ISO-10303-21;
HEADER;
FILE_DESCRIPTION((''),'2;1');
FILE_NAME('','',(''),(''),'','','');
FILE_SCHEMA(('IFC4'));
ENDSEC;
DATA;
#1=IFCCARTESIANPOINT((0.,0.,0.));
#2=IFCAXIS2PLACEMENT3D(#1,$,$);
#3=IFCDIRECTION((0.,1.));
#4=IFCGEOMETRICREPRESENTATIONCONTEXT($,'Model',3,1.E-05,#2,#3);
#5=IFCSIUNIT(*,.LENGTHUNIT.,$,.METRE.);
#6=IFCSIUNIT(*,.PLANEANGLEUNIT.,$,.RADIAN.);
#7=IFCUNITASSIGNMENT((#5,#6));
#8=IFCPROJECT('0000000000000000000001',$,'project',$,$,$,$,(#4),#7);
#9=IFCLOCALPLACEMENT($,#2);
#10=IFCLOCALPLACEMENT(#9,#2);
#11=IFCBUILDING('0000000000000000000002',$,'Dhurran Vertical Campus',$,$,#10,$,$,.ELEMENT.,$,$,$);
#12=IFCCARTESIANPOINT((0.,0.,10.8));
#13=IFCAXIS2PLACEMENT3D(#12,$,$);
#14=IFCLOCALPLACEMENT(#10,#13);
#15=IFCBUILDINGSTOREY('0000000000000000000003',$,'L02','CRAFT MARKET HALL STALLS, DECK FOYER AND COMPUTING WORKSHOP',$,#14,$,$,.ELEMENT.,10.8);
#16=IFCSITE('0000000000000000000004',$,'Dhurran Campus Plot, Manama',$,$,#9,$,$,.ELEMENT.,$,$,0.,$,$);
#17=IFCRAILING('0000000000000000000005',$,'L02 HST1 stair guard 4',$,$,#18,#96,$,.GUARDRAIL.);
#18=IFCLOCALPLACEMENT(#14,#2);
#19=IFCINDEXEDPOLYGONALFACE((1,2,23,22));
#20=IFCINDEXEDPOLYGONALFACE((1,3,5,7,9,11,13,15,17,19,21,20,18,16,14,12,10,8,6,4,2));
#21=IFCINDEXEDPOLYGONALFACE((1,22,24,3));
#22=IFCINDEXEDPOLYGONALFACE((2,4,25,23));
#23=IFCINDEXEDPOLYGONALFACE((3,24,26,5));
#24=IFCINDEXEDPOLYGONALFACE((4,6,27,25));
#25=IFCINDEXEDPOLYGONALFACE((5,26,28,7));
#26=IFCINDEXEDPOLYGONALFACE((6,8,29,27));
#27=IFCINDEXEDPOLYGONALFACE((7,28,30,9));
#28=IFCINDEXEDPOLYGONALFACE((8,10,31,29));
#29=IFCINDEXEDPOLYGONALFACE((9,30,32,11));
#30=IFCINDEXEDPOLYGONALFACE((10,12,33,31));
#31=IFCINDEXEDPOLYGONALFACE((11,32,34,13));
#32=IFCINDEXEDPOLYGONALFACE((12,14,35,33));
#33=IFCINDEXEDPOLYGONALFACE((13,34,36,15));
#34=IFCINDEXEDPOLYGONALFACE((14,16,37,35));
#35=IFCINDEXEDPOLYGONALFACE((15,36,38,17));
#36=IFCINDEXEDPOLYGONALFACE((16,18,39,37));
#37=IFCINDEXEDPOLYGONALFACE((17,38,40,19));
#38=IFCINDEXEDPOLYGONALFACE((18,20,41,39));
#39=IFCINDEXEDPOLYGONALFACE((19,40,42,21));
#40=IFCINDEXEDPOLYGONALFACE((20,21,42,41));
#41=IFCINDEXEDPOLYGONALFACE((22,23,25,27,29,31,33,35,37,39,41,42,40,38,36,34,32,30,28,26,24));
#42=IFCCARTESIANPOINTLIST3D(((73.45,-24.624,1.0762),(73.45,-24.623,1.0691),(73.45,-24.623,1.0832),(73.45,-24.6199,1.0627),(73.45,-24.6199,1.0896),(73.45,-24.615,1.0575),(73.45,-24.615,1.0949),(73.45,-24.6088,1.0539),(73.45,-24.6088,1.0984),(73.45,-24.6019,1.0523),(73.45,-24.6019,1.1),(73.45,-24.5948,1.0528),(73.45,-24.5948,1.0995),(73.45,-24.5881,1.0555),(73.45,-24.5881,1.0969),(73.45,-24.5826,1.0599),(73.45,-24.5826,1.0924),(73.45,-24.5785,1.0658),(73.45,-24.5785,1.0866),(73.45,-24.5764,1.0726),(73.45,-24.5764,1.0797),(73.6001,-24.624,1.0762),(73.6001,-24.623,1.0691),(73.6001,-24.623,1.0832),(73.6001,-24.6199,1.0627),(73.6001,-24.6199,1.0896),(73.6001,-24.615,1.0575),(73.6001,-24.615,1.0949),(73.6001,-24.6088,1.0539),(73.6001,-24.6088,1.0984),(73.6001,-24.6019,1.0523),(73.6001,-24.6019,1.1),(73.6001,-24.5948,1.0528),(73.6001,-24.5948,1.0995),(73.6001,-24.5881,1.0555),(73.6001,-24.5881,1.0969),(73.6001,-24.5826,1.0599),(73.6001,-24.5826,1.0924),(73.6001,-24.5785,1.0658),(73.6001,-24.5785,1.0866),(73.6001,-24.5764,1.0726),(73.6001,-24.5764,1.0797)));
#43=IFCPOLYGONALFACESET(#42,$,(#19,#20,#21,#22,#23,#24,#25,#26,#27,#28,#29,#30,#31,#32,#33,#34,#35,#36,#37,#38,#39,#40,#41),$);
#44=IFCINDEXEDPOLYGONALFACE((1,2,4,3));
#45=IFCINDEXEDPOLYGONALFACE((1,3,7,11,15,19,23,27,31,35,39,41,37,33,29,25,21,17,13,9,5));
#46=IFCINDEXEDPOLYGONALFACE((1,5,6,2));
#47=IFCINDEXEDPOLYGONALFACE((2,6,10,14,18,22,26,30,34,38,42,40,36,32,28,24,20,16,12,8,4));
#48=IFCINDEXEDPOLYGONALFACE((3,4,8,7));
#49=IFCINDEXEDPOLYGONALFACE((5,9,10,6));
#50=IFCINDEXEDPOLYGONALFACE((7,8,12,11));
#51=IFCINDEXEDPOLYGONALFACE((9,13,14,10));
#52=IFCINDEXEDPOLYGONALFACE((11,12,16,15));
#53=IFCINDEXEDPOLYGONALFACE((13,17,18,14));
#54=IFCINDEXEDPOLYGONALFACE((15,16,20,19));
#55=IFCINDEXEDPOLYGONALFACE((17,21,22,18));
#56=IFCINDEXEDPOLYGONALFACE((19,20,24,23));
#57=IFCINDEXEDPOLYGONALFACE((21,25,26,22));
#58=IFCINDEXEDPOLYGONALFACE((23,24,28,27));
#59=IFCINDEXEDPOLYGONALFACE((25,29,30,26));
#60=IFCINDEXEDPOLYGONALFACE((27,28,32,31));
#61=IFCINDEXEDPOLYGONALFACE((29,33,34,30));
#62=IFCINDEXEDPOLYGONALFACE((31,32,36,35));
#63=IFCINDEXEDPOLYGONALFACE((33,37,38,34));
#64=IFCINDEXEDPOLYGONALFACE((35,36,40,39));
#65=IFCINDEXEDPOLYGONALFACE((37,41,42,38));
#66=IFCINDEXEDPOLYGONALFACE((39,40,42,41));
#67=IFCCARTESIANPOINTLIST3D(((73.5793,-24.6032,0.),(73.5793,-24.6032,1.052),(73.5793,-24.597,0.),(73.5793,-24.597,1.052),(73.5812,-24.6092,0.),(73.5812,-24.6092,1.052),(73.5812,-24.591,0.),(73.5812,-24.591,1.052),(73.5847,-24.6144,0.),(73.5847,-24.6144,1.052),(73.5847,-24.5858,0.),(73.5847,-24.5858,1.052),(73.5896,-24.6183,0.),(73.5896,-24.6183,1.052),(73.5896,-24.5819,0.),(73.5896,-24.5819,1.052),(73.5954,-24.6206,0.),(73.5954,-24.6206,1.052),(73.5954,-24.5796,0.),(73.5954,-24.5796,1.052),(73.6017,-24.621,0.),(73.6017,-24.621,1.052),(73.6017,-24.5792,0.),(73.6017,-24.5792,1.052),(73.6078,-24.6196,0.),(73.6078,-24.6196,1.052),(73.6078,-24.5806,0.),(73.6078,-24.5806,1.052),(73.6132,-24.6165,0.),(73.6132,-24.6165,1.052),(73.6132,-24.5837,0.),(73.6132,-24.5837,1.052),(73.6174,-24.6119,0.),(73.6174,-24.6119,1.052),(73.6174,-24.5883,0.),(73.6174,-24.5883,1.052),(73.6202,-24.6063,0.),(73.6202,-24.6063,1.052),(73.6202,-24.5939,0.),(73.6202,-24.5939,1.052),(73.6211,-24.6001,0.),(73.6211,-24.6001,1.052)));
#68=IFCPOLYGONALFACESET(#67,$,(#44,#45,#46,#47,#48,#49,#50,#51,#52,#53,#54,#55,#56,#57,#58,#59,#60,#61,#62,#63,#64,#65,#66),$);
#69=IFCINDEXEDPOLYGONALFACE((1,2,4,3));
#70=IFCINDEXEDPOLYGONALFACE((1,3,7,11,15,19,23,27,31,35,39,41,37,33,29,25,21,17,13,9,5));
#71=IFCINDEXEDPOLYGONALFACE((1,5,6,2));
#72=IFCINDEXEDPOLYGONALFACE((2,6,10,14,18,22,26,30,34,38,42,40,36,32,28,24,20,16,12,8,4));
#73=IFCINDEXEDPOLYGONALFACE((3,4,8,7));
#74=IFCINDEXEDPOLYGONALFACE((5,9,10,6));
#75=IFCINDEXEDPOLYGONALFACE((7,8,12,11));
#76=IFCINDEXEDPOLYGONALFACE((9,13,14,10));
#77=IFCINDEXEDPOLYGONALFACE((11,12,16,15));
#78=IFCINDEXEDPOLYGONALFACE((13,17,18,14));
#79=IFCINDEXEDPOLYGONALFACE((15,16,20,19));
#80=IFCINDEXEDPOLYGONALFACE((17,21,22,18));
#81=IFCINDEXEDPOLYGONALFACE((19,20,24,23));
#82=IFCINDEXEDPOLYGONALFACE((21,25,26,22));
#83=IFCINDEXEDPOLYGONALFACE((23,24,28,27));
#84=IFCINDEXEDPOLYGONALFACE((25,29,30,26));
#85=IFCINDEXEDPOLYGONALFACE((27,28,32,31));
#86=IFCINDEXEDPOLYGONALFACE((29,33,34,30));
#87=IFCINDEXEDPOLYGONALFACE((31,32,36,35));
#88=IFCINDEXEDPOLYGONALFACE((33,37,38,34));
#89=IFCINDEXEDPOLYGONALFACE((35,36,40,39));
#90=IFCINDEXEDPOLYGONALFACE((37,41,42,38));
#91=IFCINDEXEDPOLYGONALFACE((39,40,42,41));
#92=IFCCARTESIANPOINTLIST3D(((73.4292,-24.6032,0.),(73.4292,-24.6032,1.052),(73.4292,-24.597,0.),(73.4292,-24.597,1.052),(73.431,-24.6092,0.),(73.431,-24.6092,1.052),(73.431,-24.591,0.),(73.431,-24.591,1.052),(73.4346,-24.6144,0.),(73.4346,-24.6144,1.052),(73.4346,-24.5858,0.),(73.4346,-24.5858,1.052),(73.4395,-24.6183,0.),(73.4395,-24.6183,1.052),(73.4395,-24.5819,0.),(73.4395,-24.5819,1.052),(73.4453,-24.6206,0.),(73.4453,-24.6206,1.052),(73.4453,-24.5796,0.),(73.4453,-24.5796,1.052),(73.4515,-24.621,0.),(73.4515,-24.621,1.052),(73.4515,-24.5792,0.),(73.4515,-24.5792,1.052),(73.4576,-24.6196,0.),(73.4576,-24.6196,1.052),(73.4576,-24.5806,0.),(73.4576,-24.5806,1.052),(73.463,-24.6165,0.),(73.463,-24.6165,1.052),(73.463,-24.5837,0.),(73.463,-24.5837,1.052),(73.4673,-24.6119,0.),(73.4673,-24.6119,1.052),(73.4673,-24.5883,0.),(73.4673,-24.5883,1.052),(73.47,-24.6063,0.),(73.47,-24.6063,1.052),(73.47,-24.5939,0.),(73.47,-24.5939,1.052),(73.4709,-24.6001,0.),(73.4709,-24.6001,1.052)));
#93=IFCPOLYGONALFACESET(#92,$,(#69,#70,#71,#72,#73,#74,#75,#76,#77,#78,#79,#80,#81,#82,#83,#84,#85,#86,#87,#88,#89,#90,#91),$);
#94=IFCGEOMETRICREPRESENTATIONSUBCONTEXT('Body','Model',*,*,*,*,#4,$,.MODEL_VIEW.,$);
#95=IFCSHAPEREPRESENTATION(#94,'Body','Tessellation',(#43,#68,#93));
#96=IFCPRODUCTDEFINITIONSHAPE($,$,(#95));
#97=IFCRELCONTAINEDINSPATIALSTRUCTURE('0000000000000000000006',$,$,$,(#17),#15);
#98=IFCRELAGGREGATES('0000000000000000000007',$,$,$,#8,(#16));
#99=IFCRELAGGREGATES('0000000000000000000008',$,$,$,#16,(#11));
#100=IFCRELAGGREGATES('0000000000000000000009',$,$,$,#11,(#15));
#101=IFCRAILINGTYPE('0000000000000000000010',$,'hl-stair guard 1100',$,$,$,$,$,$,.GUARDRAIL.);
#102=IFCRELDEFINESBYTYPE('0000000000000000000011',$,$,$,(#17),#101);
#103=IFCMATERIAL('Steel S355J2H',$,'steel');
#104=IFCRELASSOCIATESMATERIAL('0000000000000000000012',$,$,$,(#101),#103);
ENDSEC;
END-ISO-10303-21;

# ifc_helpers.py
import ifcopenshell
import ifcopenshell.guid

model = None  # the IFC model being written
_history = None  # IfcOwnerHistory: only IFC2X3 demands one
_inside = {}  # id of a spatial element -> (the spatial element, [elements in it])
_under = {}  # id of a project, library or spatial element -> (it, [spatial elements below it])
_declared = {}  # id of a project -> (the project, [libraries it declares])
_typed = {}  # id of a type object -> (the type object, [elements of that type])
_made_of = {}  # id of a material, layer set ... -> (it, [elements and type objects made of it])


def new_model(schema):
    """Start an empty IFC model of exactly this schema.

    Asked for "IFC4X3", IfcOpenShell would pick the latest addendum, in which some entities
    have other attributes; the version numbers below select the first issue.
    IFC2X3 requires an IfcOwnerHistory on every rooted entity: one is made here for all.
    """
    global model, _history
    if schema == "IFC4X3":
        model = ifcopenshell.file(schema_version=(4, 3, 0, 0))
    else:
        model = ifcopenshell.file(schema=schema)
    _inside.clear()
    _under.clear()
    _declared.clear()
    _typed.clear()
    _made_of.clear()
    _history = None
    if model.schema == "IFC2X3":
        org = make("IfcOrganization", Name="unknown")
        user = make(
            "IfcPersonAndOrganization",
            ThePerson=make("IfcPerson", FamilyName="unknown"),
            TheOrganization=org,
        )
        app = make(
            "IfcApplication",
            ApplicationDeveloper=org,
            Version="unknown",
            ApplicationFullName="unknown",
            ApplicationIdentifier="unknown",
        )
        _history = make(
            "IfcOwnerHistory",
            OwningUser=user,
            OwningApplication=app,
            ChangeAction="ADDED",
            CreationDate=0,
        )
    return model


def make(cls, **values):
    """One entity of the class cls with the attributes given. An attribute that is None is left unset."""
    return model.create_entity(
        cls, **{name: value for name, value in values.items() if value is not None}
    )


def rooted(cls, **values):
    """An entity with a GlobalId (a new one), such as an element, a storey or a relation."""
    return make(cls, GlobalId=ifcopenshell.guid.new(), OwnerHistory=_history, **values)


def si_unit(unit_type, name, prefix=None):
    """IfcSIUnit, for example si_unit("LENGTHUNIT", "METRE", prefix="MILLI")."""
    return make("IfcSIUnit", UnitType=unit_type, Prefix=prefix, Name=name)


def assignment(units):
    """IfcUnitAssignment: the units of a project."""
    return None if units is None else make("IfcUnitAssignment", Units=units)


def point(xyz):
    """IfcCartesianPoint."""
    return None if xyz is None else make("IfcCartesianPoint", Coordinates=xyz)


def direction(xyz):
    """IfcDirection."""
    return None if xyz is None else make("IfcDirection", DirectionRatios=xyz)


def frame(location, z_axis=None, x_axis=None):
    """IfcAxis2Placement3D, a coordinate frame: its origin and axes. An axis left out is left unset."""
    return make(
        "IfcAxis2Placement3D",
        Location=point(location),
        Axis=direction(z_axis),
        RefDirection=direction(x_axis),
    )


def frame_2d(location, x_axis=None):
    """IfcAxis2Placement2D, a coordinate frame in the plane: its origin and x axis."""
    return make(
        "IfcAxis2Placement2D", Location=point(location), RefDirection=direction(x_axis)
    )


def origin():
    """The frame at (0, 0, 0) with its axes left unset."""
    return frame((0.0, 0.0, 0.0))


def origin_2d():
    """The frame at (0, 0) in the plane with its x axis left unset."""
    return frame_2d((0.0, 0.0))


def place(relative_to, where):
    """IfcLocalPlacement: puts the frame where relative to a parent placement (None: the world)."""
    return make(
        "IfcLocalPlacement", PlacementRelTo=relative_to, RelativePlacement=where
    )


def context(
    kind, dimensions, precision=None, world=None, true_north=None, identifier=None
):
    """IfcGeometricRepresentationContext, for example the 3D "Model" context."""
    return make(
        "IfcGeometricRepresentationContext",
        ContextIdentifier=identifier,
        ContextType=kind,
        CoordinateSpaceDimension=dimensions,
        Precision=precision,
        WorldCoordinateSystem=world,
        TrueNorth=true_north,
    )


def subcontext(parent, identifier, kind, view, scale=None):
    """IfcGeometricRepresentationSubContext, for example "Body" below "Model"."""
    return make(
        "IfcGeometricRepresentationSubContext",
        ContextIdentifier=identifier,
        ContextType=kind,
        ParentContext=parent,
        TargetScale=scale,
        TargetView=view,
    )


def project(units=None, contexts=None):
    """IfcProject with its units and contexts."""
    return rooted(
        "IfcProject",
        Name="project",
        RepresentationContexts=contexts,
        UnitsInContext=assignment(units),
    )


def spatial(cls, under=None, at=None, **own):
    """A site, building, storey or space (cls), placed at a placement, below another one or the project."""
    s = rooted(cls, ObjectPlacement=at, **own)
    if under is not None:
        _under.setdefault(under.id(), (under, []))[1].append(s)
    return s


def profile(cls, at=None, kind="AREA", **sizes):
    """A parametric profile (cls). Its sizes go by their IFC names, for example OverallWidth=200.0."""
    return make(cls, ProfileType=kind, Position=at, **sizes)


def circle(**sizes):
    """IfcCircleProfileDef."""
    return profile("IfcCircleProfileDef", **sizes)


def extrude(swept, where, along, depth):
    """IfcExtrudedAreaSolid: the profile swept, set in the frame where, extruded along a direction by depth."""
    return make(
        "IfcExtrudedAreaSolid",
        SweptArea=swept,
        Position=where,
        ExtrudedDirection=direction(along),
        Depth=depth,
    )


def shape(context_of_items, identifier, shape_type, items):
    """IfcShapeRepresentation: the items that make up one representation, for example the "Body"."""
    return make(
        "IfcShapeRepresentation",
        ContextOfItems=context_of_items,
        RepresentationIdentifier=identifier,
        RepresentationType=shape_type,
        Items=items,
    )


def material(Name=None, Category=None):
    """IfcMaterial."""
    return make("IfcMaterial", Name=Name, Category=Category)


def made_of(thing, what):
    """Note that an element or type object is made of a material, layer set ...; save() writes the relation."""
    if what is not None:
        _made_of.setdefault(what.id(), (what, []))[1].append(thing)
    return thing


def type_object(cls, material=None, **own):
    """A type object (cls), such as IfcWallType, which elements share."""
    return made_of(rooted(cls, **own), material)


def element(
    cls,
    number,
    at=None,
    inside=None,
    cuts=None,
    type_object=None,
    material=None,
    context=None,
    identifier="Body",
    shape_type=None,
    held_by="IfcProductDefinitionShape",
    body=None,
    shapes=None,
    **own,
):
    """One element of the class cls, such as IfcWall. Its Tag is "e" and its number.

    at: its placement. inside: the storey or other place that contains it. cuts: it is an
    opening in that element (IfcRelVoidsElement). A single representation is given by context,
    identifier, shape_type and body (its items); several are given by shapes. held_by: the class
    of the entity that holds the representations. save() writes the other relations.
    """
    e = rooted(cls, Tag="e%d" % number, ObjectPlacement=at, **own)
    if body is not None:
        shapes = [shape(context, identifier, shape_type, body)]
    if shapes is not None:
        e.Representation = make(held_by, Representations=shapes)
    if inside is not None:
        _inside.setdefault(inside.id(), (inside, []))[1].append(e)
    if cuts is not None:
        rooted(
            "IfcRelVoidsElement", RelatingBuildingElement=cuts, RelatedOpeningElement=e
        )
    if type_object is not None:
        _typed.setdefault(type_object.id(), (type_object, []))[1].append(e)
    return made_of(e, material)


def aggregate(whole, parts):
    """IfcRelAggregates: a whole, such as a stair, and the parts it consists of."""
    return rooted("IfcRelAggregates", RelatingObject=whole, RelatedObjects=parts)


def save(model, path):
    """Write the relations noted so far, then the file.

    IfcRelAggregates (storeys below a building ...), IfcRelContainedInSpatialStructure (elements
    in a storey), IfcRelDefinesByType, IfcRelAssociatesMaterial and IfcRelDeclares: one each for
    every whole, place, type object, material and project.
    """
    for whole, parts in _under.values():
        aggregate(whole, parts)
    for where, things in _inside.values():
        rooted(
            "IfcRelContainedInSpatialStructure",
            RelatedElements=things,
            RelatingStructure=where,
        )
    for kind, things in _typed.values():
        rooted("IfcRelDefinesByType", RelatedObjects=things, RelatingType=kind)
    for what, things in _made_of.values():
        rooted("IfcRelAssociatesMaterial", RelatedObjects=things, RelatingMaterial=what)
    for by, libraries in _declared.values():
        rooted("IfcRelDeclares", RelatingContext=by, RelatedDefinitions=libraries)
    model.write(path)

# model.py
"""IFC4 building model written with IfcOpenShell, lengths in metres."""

from ifc_helpers import new_model, si_unit, direction, frame, origin, origin_2d, place, context, subcontext, project, spatial, circle, extrude, material, type_object, element, save


model = new_model("IFC4")

# Units and contexts
model_context = context("Model", 3, precision=1e-05, world=origin(), true_north=direction((0.0, 1.0)))
body_context = subcontext(model_context, "Body", "Model", "MODEL_VIEW")
ifc_project = project(units=[si_unit("LENGTHUNIT", "METRE"), si_unit("PLANEANGLEUNIT", "RADIAN")], contexts=[model_context])

# Site, building, storey
site_placement = place(None, origin())
site = spatial("IfcSite", under=ifc_project, at=site_placement, Name="Dhurran Campus Plot, Manama", CompositionType="ELEMENT", RefElevation=0.0)
building_placement = place(site_placement, origin())
building = spatial("IfcBuilding", under=site, at=building_placement, Name="Dhurran Vertical Campus", CompositionType="ELEMENT")
storey_placement = place(building_placement, frame((0.0, 0.0, 10.8)))
storey = spatial("IfcBuildingStorey", under=building, at=storey_placement, Name="L02", Description="CRAFT MARKET HALL STALLS, DECK FOYER AND COMPUTING WORKSHOP", CompositionType="ELEMENT", Elevation=10.8)

# Railing
ifc_material_1 = material(Name="Steel S355J2H", Category="steel")
railing_type_1 = type_object("IfcRailingType", Name="hl-stair guard 1100", PredefinedType="GUARDRAIL", material=ifc_material_1)
railing_1_placement = place(storey_placement, frame((73.6001, -24.6001, 0.0)))
element("IfcRailing", 1, at=railing_1_placement, inside=storey, type_object=railing_type_1, Name="L02 HST1 stair guard 4", PredefinedType="GUARDRAIL", context=body_context, shape_type="SweptSolid", body=[
    extrude(circle(Radius=0.0239, at=origin_2d()), frame((0.0, 0.0, 1.0762), z_axis=(-1.0, 0.0, 0.0), x_axis=(0.0, -1.0, 0.0)), (0.0, 0.0, 1.0), 0.1501),
    extrude(circle(Radius=0.021, at=origin_2d()), origin(), (0.0, 0.0, 1.0), 1.052),
    extrude(circle(Radius=0.021, at=origin_2d()), frame((-0.1501, 0.0, 0.0)), (0.0, 0.0, 1.0), 1.052),
])

save(model, "model.ifc")
